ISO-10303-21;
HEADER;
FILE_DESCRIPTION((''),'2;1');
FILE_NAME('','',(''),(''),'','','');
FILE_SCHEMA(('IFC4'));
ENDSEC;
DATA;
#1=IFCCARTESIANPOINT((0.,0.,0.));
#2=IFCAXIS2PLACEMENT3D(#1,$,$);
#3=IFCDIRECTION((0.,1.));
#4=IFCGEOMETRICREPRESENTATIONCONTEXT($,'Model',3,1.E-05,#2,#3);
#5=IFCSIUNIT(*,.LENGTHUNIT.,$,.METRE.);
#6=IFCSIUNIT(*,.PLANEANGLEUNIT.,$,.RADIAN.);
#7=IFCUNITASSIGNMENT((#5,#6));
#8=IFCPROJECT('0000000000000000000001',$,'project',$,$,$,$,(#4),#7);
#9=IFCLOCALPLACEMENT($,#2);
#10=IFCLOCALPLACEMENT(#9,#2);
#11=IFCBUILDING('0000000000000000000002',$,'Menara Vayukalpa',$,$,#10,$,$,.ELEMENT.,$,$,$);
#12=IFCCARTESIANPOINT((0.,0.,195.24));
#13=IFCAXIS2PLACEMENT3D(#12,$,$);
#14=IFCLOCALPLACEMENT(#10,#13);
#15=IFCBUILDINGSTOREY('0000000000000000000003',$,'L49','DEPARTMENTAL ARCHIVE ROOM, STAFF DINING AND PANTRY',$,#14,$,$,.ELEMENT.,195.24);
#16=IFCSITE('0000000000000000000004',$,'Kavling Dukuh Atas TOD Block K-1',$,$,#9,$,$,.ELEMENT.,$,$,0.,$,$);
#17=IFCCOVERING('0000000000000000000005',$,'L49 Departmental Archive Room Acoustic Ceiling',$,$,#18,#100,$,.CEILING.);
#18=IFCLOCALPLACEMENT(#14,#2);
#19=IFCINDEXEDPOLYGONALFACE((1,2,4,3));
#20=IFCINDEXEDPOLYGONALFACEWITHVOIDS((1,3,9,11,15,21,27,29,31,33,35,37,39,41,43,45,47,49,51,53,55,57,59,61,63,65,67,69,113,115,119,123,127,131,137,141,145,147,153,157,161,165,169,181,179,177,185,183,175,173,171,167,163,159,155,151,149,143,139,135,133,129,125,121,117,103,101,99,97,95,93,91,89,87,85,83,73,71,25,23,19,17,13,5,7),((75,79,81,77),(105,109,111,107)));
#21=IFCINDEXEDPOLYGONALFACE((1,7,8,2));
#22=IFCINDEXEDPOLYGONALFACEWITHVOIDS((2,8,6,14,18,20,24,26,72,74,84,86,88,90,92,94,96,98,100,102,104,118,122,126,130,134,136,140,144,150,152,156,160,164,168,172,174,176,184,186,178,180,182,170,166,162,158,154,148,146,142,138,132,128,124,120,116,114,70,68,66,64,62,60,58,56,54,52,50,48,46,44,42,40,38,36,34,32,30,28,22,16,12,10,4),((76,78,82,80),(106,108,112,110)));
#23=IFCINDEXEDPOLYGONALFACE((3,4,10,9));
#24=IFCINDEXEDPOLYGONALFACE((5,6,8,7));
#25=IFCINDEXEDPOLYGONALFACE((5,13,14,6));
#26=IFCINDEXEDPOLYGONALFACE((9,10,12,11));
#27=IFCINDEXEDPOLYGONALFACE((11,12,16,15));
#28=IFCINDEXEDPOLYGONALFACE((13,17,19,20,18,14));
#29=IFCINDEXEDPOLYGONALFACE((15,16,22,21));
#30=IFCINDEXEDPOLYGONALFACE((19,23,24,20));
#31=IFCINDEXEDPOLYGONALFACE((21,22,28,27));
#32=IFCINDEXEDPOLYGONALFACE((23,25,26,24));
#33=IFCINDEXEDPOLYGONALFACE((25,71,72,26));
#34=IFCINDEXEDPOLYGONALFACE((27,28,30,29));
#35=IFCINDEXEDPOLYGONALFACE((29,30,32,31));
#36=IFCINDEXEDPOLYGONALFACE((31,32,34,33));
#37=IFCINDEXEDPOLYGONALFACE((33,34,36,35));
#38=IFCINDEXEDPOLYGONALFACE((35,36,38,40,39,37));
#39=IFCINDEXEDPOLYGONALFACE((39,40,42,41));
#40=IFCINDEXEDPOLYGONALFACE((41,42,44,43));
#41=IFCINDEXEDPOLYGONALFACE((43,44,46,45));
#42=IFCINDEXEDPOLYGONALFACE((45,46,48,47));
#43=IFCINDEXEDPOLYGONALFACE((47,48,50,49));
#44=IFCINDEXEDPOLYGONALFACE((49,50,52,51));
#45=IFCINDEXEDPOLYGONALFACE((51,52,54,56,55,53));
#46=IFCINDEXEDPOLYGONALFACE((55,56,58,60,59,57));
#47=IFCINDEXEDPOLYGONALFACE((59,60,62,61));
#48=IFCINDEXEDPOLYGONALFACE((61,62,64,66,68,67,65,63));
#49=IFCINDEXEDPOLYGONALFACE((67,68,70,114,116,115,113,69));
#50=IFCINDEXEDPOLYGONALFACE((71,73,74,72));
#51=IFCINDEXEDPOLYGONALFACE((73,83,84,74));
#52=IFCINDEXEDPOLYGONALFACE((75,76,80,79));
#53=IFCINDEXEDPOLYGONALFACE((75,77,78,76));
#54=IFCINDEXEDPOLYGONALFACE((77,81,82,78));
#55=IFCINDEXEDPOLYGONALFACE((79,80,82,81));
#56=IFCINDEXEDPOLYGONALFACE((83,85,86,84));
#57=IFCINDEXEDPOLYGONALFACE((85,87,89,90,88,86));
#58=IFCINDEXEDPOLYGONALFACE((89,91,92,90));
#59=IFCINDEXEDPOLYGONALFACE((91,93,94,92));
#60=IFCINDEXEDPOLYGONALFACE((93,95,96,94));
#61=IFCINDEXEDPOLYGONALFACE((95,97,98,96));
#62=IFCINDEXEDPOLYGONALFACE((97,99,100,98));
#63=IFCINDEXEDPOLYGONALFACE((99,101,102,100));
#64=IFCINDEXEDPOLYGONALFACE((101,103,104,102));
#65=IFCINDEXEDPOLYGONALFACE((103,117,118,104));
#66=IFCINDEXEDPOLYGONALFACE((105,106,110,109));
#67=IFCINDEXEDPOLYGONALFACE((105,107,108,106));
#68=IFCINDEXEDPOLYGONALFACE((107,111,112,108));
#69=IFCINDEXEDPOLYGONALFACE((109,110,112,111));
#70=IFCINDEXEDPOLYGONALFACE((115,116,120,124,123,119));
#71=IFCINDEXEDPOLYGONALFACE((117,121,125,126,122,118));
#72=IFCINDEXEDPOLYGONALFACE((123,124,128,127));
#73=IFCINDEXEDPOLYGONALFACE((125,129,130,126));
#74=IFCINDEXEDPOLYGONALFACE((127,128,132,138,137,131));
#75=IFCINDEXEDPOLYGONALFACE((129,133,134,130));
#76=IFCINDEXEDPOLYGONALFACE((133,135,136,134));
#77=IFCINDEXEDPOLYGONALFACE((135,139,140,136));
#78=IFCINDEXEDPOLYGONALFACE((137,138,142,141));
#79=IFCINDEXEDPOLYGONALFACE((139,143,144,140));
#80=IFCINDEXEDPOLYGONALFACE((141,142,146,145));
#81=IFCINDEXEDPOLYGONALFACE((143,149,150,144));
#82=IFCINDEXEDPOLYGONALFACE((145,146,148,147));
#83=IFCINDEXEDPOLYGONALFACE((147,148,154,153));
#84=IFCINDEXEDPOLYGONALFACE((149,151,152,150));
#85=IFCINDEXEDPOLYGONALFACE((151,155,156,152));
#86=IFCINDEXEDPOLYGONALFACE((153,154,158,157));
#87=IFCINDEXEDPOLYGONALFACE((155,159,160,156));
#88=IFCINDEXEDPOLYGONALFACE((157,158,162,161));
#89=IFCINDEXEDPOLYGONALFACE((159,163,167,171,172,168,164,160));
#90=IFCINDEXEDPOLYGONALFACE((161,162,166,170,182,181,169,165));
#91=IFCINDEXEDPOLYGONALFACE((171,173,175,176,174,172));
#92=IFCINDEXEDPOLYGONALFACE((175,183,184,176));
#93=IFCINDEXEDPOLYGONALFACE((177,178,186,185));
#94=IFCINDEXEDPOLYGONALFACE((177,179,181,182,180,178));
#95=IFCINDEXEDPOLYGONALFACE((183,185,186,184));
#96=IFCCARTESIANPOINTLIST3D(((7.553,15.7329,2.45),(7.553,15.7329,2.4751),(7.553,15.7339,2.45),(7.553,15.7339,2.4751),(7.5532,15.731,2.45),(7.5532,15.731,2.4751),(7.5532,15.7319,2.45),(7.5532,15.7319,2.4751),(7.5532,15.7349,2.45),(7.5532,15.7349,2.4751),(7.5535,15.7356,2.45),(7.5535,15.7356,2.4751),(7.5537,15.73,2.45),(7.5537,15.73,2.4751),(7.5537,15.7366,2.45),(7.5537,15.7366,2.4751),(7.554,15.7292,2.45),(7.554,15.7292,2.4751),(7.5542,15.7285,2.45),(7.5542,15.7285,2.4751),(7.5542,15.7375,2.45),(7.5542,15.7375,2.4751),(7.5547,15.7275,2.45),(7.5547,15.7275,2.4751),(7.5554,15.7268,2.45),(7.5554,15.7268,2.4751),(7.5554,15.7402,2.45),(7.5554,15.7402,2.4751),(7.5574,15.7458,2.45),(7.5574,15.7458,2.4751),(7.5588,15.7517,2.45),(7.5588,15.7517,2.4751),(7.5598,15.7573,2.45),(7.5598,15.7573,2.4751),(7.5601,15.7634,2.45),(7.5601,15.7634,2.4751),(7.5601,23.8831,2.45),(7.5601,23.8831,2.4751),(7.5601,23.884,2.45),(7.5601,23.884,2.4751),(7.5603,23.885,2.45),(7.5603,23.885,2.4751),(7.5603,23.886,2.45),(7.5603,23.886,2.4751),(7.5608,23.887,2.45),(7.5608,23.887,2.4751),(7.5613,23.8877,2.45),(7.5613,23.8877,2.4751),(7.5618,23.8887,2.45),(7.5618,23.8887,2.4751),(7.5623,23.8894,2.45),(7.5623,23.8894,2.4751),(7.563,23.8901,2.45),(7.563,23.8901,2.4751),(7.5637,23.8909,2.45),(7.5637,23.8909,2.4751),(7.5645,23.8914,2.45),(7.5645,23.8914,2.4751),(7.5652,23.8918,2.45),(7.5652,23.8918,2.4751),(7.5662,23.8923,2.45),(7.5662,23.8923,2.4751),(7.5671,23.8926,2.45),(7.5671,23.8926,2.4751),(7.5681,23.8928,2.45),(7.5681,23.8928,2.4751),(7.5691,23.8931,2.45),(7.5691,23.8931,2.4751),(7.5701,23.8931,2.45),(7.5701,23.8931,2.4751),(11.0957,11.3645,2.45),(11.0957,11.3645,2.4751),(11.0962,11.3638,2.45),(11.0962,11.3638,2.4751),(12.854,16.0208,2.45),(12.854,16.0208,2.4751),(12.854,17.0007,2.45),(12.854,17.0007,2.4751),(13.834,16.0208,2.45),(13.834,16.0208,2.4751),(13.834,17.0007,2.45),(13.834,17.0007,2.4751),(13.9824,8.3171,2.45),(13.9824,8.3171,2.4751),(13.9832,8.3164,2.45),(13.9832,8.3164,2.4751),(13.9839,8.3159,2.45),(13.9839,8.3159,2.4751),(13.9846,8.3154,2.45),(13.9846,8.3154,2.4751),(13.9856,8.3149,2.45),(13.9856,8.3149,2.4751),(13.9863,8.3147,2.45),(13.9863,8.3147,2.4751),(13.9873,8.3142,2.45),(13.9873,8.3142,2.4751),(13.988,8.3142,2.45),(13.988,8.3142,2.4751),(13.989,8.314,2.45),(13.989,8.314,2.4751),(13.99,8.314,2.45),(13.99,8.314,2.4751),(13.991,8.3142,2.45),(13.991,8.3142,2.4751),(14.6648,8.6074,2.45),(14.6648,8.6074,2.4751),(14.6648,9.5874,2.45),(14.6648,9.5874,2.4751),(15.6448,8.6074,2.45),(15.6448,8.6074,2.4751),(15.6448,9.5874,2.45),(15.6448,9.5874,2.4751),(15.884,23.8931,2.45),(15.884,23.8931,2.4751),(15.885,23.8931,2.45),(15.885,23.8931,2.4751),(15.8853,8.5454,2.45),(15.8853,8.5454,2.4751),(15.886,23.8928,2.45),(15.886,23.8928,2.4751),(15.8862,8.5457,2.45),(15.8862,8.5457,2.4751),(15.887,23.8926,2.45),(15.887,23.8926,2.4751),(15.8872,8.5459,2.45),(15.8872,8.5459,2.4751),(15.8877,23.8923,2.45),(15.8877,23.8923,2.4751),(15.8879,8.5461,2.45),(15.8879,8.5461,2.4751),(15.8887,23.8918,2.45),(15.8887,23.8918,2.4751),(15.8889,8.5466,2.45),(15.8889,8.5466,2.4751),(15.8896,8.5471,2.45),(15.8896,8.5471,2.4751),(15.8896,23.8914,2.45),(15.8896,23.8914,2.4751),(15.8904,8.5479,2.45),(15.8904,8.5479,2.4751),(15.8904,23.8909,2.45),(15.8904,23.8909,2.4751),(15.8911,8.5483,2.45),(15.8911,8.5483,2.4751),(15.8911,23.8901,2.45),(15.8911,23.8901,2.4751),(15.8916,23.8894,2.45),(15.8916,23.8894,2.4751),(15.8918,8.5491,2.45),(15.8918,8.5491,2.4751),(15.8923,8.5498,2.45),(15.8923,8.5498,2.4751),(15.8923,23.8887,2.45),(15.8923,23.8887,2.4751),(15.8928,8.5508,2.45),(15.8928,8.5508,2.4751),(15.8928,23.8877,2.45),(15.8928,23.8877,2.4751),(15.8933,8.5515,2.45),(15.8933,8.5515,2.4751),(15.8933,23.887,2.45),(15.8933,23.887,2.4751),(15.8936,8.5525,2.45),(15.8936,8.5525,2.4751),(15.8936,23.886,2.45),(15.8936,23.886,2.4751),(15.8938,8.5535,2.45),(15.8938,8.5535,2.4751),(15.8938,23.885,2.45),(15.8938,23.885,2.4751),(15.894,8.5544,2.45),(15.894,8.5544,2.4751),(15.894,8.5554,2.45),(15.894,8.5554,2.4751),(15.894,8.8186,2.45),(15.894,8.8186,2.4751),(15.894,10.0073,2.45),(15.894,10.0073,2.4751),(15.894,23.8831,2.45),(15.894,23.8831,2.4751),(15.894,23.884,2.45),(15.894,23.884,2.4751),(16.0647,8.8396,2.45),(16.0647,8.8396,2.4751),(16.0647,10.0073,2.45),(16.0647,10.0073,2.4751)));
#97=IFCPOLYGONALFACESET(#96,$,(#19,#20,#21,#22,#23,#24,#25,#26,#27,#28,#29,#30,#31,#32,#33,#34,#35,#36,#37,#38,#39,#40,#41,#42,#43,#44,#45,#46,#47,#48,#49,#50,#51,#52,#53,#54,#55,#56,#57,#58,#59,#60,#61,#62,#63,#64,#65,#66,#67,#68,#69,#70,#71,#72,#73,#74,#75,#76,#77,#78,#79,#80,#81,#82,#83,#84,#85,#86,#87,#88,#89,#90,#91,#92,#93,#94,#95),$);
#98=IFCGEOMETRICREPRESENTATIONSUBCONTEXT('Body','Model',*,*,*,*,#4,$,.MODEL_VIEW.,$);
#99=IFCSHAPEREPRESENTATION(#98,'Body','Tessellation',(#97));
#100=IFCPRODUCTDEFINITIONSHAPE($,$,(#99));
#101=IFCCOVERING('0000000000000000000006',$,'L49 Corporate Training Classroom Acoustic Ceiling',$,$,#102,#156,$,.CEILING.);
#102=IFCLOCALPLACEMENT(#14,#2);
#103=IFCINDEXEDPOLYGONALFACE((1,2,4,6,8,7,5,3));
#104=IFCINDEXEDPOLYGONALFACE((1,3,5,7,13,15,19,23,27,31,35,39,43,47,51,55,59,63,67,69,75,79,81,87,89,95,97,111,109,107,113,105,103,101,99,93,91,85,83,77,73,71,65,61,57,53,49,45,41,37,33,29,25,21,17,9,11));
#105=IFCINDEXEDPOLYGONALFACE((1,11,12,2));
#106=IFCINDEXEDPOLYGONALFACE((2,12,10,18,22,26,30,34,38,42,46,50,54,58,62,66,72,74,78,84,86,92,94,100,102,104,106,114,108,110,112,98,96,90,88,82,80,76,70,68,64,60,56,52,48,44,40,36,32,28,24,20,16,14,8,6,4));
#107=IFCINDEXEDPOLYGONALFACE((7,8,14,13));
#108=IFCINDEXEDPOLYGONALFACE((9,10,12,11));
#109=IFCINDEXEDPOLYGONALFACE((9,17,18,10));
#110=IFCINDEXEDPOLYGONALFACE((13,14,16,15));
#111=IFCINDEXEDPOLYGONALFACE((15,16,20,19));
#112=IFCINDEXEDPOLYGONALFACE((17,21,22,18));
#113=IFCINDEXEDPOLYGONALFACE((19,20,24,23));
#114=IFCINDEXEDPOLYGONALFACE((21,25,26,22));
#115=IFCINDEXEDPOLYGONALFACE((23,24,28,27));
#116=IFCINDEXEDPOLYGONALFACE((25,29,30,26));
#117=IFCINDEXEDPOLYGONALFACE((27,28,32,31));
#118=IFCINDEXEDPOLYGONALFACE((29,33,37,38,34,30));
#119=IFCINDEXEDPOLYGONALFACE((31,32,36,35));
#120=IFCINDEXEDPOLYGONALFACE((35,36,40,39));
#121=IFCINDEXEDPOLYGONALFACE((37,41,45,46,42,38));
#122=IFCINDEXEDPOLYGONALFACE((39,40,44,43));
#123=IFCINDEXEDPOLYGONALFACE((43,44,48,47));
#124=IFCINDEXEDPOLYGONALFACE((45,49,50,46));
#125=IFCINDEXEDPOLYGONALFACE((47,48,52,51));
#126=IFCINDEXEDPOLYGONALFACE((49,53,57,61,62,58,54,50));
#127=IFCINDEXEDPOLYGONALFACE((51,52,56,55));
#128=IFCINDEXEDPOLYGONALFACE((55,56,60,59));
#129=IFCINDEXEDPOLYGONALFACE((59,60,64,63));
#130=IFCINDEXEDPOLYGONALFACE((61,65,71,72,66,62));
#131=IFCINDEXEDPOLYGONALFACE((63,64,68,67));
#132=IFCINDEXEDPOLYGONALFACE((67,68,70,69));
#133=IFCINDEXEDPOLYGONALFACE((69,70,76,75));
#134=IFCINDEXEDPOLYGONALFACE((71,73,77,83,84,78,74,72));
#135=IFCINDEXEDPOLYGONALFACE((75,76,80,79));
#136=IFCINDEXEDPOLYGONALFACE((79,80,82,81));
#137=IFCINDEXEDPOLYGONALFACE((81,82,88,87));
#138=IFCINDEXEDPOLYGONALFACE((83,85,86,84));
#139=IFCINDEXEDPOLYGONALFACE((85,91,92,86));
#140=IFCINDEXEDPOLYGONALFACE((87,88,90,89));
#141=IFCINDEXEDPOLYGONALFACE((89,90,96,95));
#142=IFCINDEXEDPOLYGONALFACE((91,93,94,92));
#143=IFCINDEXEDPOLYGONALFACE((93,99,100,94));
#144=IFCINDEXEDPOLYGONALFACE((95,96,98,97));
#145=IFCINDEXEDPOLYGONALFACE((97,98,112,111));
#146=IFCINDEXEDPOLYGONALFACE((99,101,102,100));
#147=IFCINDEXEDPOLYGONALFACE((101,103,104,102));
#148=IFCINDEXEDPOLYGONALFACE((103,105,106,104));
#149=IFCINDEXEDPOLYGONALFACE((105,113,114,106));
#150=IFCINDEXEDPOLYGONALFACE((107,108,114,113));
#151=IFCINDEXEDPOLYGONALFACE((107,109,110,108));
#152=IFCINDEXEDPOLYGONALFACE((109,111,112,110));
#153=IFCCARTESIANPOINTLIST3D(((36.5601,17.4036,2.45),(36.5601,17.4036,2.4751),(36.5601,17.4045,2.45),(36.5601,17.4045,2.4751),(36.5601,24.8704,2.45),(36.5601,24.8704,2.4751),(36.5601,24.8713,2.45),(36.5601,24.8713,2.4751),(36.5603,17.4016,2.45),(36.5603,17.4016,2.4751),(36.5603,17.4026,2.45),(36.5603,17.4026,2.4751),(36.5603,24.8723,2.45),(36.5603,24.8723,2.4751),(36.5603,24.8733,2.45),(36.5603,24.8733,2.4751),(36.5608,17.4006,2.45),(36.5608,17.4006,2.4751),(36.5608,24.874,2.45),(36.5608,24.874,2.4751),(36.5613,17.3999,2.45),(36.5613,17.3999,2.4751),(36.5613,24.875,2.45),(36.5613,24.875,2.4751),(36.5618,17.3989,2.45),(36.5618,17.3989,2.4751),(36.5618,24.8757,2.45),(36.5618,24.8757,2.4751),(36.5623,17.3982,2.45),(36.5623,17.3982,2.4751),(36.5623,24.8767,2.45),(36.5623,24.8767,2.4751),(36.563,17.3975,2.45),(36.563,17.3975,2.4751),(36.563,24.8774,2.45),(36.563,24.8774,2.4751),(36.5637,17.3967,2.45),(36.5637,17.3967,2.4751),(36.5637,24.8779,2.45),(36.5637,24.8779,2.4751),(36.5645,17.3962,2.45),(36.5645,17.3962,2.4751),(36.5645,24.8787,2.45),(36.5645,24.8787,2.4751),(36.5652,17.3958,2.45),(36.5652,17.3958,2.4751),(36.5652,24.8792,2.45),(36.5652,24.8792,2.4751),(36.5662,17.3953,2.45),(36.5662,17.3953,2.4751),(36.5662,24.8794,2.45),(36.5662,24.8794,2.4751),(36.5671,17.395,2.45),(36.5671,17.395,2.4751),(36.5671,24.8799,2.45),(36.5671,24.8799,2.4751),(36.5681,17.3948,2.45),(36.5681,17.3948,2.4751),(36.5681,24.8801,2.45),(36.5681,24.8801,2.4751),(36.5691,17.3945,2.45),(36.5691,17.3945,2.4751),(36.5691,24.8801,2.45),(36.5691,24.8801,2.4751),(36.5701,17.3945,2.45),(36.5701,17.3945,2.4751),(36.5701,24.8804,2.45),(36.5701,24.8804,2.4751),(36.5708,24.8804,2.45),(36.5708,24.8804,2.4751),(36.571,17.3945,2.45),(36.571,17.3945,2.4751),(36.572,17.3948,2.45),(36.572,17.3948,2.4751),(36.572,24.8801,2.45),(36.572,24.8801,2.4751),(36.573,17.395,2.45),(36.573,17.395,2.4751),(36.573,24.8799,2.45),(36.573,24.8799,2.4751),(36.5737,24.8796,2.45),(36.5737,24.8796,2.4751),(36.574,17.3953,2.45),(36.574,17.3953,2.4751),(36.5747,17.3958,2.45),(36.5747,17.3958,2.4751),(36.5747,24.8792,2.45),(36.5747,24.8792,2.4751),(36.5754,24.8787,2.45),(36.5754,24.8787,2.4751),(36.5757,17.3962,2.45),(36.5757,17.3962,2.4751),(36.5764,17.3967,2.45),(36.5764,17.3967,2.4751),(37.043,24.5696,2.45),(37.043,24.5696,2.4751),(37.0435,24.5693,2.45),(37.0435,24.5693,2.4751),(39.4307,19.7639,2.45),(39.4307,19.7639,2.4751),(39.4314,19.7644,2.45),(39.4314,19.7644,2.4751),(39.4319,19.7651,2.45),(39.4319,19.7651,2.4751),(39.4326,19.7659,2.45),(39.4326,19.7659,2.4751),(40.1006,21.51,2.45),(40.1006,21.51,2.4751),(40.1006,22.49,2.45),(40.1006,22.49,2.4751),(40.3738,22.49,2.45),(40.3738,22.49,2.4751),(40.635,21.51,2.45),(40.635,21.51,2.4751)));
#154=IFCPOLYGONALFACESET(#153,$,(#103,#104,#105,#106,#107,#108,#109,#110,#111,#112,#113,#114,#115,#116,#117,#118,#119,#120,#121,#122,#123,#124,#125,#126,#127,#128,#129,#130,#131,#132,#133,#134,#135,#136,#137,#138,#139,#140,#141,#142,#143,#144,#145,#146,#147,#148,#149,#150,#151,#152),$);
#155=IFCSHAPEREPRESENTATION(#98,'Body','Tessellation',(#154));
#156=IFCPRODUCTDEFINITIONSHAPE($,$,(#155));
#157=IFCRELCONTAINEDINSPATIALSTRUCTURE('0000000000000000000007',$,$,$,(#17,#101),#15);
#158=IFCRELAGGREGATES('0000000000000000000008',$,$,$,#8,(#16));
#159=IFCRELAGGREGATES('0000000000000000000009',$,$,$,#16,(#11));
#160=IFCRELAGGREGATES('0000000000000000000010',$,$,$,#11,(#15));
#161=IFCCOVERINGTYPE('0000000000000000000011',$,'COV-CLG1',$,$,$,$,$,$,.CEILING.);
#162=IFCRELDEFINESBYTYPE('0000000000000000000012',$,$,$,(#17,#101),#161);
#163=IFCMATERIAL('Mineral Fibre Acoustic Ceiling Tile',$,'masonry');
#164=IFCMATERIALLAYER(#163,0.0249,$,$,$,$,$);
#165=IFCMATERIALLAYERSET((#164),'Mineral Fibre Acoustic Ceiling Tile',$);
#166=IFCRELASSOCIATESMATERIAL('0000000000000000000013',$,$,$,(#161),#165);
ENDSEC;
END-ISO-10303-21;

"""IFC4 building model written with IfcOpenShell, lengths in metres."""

from ifc_helpers import new_model, si_unit, direction, frame, origin, place, context, subcontext, project, spatial, polyline, outline, extrude, material, layer, layer_set, type_object, element, save


model = new_model("IFC4")

# Units and contexts
model_context = context("Model", 3, precision=1e-05, world=origin(), true_north=direction((0.0, 1.0)))
body_context = subcontext(model_context, "Body", "Model", "MODEL_VIEW")
ifc_project = project(units=[si_unit("LENGTHUNIT", "METRE"), si_unit("PLANEANGLEUNIT", "RADIAN")], contexts=[model_context])

# Site, building, storey
site_placement = place(None, origin())
site = spatial("IfcSite", under=ifc_project, at=site_placement, Name="Kavling Dukuh Atas TOD Block K-1", CompositionType="ELEMENT", RefElevation=0.0)
building_placement = place(site_placement, origin())
building = spatial("IfcBuilding", under=site, at=building_placement, Name="Menara Vayukalpa", CompositionType="ELEMENT")
storey_placement = place(building_placement, frame((0.0, 0.0, 195.24)))
storey = spatial("IfcBuildingStorey", under=building, at=storey_placement, Name="L49", Description="DEPARTMENTAL ARCHIVE ROOM, STAFF DINING AND PANTRY", CompositionType="ELEMENT", Elevation=195.24)

# Coverings
ifc_material_1 = material(Name="Mineral Fibre Acoustic Ceiling Tile", Category="masonry")
ifc_layer_1 = layer(ifc_material_1, 0.0249)
ifc_layer_set_1 = layer_set([ifc_layer_1], Name="Mineral Fibre Acoustic Ceiling Tile")
covering_type_1 = type_object("IfcCoveringType", Name="COV-CLG1", PredefinedType="CEILING", material=ifc_layer_set_1)
covering_1_placement = place(storey_placement, frame((0.0, 0.0, 2.45)))
element("IfcCovering", 1, at=covering_1_placement, inside=storey, type_object=covering_type_1, Name="L49 Departmental Archive Room Acoustic Ceiling", PredefinedType="CEILING", context=body_context, shape_type="SweptSolid", body=[
    extrude(outline(polyline([(16.0647, 8.8396), (15.894, 8.8186), (15.894, 8.5554), (15.894, 8.5544), (15.8938, 8.5535), (15.8936, 8.5525), (15.8933, 8.5515), (15.8928, 8.5508), (15.8923, 8.5498), (15.8918, 8.5491), (15.8911, 8.5483), (15.8904, 8.5479), (15.8896, 8.5471), (15.8889, 8.5466), (15.8879, 8.5461), (15.8872, 8.5459), (15.8862, 8.5457), (15.8853, 8.5454), (13.991, 8.3142), (13.99, 8.314), (13.989, 8.314), (13.988, 8.3142), (13.9873, 8.3142), (13.9863, 8.3147), (13.9856, 8.3149), (13.9846, 8.3154), (13.9839, 8.3159), (13.9832, 8.3164), (13.9824, 8.3171), (11.0962, 11.3638), (11.0957, 11.3645), (7.5554, 15.7268), (7.5547, 15.7275), (7.5542, 15.7285), (7.554, 15.7292), (7.5537, 15.73), (7.5532, 15.731), (7.5532, 15.7319), (7.553, 15.7329), (7.553, 15.7339), (7.5532, 15.7349), (7.5535, 15.7356), (7.5537, 15.7366), (7.5542, 15.7375), (7.5554, 15.7402), (7.5574, 15.7458), (7.5588, 15.7517), (7.5598, 15.7573), (7.5601, 15.7634), (7.5601, 23.8831), (7.5601, 23.884), (7.5603, 23.885), (7.5603, 23.886), (7.5608, 23.887), (7.5613, 23.8877), (7.5618, 23.8887), (7.5623, 23.8894), (7.563, 23.8901), (7.5637, 23.8909), (7.5645, 23.8914), (7.5652, 23.8918), (7.5662, 23.8923), (7.5671, 23.8926), (7.5681, 23.8928), (7.5691, 23.8931), (7.5701, 23.8931), (15.884, 23.8931), (15.885, 23.8931), (15.886, 23.8928), (15.887, 23.8926), (15.8877, 23.8923), (15.8887, 23.8918), (15.8896, 23.8914), (15.8904, 23.8909), (15.8911, 23.8901), (15.8916, 23.8894), (15.8923, 23.8887), (15.8928, 23.8877), (15.8933, 23.887), (15.8936, 23.886), (15.8938, 23.885), (15.894, 23.884), (15.894, 23.8831), (15.894, 10.0073), (16.0647, 10.0073), (16.0647, 8.8396)]), holes=[polyline([(15.6448, 9.5874), (14.6648, 9.5874), (14.6648, 8.6074), (15.6448, 8.6074), (15.6448, 9.5874)]), polyline([(13.834, 17.0007), (12.854, 17.0007), (12.854, 16.0208), (13.834, 16.0208), (13.834, 17.0007)])]), origin(), (0.0, 0.0, 1.0), 0.0251),
])
covering_2_placement = place(storey_placement, frame((0.0, 0.0, 2.45)))
element("IfcCovering", 2, at=covering_2_placement, inside=storey, type_object=covering_type_1, Name="L49 Corporate Training Classroom Acoustic Ceiling", PredefinedType="CEILING", context=body_context, shape_type="SweptSolid", body=[
    extrude(outline(polyline([(37.0435, 24.5693), (40.3738, 22.49), (40.1006, 22.49), (40.1006, 21.51), (40.635, 21.51), (39.4326, 19.7659), (39.4319, 19.7651), (39.4314, 19.7644), (39.4307, 19.7639), (36.5764, 17.3967), (36.5757, 17.3962), (36.5747, 17.3958), (36.574, 17.3953), (36.573, 17.395), (36.572, 17.3948), (36.571, 17.3945), (36.5701, 17.3945), (36.5691, 17.3945), (36.5681, 17.3948), (36.5671, 17.395), (36.5662, 17.3953), (36.5652, 17.3958), (36.5645, 17.3962), (36.5637, 17.3967), (36.563, 17.3975), (36.5623, 17.3982), (36.5618, 17.3989), (36.5613, 17.3999), (36.5608, 17.4006), (36.5603, 17.4016), (36.5603, 17.4026), (36.5601, 17.4036), (36.5601, 17.4045), (36.5601, 24.8704), (36.5601, 24.8713), (36.5603, 24.8723), (36.5603, 24.8733), (36.5608, 24.874), (36.5613, 24.875), (36.5618, 24.8757), (36.5623, 24.8767), (36.563, 24.8774), (36.5637, 24.8779), (36.5645, 24.8787), (36.5652, 24.8792), (36.5662, 24.8794), (36.5671, 24.8799), (36.5681, 24.8801), (36.5691, 24.8801), (36.5701, 24.8804), (36.5708, 24.8804), (36.572, 24.8801), (36.573, 24.8799), (36.5737, 24.8796), (36.5747, 24.8792), (36.5754, 24.8787), (37.043, 24.5696), (37.0435, 24.5693), (37.0435, 24.5693)])), origin(), (0.0, 0.0, 1.0), 0.0251),
])

save(model, "model.ifc")
